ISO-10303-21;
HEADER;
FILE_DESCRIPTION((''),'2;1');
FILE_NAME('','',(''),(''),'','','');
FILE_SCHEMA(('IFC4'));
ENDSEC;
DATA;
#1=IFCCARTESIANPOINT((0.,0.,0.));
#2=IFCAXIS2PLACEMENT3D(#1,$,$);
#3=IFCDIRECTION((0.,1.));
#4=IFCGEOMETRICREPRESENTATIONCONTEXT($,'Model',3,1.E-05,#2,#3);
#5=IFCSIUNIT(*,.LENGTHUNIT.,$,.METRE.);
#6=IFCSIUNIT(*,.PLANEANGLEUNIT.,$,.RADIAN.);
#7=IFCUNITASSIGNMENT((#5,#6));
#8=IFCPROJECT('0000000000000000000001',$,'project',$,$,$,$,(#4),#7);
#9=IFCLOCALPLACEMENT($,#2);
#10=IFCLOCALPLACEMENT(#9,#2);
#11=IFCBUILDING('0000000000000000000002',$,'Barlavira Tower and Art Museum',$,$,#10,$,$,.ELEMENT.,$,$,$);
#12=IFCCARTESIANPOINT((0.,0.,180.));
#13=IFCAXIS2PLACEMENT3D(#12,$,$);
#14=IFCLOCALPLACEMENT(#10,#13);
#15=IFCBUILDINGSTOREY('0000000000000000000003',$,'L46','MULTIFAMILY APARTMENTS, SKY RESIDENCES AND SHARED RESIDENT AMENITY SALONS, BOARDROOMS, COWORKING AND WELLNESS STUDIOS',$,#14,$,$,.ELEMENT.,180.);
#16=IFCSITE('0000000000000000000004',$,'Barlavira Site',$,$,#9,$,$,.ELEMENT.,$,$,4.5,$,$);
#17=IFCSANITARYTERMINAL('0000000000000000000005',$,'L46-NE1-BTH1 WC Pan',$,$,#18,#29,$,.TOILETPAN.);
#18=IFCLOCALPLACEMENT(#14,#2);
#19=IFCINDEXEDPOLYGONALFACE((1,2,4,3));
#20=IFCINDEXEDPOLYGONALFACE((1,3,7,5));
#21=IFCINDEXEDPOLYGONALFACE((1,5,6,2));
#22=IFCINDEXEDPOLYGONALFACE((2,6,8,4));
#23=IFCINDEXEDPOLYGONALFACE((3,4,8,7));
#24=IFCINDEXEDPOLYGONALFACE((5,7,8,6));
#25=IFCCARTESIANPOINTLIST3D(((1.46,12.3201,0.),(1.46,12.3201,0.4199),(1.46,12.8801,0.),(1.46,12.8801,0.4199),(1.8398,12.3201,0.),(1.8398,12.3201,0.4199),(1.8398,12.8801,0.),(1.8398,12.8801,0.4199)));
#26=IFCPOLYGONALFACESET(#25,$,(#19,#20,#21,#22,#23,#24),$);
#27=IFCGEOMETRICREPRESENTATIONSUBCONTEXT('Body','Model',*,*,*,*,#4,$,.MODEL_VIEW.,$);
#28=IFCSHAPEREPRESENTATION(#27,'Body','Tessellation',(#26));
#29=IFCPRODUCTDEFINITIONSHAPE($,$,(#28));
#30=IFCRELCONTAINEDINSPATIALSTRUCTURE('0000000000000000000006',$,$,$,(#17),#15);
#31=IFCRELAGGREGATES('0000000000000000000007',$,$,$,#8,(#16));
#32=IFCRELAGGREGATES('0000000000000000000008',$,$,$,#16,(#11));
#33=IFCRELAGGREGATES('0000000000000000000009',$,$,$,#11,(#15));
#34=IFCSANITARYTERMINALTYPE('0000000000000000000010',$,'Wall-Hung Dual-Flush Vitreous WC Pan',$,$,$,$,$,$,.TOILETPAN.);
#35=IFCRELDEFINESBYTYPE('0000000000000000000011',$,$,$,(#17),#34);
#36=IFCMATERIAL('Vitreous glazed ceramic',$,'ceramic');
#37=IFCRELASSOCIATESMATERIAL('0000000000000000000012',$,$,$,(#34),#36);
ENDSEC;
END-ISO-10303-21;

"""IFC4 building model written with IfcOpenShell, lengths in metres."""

from ifc_helpers import new_model, si_unit, direction, frame, origin, origin_2d, place, context, subcontext, project, spatial, rectangle, extrude, material, type_object, element, save


model = new_model("IFC4")

# Units and contexts
model_context = context("Model", 3, precision=1e-05, world=origin(), true_north=direction((0.0, 1.0)))
body_context = subcontext(model_context, "Body", "Model", "MODEL_VIEW")
ifc_project = project(units=[si_unit("LENGTHUNIT", "METRE"), si_unit("PLANEANGLEUNIT", "RADIAN")], contexts=[model_context])

# Site, building, storey
site_placement = place(None, origin())
site = spatial("IfcSite", under=ifc_project, at=site_placement, Name="Barlavira Site", CompositionType="ELEMENT", RefElevation=4.5)
building_placement = place(site_placement, origin())
building = spatial("IfcBuilding", under=site, at=building_placement, Name="Barlavira Tower and Art Museum", CompositionType="ELEMENT")
storey_placement = place(building_placement, frame((0.0, 0.0, 180.0)))
storey = spatial("IfcBuildingStorey", under=building, at=storey_placement, Name="L46", Description="MULTIFAMILY APARTMENTS, SKY RESIDENCES AND SHARED RESIDENT AMENITY SALONS, BOARDROOMS, COWORKING AND WELLNESS STUDIOS", CompositionType="ELEMENT", Elevation=180.0)

# Sanitary terminal
ifc_material_1 = material(Name="Vitreous glazed ceramic", Category="ceramic")
sanitary_terminal_type_1 = type_object("IfcSanitaryTerminalType", Name="Wall-Hung Dual-Flush Vitreous WC Pan", PredefinedType="TOILETPAN", material=ifc_material_1)
sanitary_terminal_1_placement = place(storey_placement, frame((1.6499, 12.6001, 0.0), z_axis=(0.0, 0.0, 1.0), x_axis=(1.0, 0.0, 0.0)))
element("IfcSanitaryTerminal", 1, at=sanitary_terminal_1_placement, inside=storey, type_object=sanitary_terminal_type_1, Name="L46-NE1-BTH1 WC Pan", PredefinedType="TOILETPAN", context=body_context, shape_type="SweptSolid", body=[
    extrude(rectangle(XDim=0.3799, YDim=0.5601, at=origin_2d()), origin(), (0.0, 0.0, 1.0), 0.4199),
])

save(model, "model.ifc")
